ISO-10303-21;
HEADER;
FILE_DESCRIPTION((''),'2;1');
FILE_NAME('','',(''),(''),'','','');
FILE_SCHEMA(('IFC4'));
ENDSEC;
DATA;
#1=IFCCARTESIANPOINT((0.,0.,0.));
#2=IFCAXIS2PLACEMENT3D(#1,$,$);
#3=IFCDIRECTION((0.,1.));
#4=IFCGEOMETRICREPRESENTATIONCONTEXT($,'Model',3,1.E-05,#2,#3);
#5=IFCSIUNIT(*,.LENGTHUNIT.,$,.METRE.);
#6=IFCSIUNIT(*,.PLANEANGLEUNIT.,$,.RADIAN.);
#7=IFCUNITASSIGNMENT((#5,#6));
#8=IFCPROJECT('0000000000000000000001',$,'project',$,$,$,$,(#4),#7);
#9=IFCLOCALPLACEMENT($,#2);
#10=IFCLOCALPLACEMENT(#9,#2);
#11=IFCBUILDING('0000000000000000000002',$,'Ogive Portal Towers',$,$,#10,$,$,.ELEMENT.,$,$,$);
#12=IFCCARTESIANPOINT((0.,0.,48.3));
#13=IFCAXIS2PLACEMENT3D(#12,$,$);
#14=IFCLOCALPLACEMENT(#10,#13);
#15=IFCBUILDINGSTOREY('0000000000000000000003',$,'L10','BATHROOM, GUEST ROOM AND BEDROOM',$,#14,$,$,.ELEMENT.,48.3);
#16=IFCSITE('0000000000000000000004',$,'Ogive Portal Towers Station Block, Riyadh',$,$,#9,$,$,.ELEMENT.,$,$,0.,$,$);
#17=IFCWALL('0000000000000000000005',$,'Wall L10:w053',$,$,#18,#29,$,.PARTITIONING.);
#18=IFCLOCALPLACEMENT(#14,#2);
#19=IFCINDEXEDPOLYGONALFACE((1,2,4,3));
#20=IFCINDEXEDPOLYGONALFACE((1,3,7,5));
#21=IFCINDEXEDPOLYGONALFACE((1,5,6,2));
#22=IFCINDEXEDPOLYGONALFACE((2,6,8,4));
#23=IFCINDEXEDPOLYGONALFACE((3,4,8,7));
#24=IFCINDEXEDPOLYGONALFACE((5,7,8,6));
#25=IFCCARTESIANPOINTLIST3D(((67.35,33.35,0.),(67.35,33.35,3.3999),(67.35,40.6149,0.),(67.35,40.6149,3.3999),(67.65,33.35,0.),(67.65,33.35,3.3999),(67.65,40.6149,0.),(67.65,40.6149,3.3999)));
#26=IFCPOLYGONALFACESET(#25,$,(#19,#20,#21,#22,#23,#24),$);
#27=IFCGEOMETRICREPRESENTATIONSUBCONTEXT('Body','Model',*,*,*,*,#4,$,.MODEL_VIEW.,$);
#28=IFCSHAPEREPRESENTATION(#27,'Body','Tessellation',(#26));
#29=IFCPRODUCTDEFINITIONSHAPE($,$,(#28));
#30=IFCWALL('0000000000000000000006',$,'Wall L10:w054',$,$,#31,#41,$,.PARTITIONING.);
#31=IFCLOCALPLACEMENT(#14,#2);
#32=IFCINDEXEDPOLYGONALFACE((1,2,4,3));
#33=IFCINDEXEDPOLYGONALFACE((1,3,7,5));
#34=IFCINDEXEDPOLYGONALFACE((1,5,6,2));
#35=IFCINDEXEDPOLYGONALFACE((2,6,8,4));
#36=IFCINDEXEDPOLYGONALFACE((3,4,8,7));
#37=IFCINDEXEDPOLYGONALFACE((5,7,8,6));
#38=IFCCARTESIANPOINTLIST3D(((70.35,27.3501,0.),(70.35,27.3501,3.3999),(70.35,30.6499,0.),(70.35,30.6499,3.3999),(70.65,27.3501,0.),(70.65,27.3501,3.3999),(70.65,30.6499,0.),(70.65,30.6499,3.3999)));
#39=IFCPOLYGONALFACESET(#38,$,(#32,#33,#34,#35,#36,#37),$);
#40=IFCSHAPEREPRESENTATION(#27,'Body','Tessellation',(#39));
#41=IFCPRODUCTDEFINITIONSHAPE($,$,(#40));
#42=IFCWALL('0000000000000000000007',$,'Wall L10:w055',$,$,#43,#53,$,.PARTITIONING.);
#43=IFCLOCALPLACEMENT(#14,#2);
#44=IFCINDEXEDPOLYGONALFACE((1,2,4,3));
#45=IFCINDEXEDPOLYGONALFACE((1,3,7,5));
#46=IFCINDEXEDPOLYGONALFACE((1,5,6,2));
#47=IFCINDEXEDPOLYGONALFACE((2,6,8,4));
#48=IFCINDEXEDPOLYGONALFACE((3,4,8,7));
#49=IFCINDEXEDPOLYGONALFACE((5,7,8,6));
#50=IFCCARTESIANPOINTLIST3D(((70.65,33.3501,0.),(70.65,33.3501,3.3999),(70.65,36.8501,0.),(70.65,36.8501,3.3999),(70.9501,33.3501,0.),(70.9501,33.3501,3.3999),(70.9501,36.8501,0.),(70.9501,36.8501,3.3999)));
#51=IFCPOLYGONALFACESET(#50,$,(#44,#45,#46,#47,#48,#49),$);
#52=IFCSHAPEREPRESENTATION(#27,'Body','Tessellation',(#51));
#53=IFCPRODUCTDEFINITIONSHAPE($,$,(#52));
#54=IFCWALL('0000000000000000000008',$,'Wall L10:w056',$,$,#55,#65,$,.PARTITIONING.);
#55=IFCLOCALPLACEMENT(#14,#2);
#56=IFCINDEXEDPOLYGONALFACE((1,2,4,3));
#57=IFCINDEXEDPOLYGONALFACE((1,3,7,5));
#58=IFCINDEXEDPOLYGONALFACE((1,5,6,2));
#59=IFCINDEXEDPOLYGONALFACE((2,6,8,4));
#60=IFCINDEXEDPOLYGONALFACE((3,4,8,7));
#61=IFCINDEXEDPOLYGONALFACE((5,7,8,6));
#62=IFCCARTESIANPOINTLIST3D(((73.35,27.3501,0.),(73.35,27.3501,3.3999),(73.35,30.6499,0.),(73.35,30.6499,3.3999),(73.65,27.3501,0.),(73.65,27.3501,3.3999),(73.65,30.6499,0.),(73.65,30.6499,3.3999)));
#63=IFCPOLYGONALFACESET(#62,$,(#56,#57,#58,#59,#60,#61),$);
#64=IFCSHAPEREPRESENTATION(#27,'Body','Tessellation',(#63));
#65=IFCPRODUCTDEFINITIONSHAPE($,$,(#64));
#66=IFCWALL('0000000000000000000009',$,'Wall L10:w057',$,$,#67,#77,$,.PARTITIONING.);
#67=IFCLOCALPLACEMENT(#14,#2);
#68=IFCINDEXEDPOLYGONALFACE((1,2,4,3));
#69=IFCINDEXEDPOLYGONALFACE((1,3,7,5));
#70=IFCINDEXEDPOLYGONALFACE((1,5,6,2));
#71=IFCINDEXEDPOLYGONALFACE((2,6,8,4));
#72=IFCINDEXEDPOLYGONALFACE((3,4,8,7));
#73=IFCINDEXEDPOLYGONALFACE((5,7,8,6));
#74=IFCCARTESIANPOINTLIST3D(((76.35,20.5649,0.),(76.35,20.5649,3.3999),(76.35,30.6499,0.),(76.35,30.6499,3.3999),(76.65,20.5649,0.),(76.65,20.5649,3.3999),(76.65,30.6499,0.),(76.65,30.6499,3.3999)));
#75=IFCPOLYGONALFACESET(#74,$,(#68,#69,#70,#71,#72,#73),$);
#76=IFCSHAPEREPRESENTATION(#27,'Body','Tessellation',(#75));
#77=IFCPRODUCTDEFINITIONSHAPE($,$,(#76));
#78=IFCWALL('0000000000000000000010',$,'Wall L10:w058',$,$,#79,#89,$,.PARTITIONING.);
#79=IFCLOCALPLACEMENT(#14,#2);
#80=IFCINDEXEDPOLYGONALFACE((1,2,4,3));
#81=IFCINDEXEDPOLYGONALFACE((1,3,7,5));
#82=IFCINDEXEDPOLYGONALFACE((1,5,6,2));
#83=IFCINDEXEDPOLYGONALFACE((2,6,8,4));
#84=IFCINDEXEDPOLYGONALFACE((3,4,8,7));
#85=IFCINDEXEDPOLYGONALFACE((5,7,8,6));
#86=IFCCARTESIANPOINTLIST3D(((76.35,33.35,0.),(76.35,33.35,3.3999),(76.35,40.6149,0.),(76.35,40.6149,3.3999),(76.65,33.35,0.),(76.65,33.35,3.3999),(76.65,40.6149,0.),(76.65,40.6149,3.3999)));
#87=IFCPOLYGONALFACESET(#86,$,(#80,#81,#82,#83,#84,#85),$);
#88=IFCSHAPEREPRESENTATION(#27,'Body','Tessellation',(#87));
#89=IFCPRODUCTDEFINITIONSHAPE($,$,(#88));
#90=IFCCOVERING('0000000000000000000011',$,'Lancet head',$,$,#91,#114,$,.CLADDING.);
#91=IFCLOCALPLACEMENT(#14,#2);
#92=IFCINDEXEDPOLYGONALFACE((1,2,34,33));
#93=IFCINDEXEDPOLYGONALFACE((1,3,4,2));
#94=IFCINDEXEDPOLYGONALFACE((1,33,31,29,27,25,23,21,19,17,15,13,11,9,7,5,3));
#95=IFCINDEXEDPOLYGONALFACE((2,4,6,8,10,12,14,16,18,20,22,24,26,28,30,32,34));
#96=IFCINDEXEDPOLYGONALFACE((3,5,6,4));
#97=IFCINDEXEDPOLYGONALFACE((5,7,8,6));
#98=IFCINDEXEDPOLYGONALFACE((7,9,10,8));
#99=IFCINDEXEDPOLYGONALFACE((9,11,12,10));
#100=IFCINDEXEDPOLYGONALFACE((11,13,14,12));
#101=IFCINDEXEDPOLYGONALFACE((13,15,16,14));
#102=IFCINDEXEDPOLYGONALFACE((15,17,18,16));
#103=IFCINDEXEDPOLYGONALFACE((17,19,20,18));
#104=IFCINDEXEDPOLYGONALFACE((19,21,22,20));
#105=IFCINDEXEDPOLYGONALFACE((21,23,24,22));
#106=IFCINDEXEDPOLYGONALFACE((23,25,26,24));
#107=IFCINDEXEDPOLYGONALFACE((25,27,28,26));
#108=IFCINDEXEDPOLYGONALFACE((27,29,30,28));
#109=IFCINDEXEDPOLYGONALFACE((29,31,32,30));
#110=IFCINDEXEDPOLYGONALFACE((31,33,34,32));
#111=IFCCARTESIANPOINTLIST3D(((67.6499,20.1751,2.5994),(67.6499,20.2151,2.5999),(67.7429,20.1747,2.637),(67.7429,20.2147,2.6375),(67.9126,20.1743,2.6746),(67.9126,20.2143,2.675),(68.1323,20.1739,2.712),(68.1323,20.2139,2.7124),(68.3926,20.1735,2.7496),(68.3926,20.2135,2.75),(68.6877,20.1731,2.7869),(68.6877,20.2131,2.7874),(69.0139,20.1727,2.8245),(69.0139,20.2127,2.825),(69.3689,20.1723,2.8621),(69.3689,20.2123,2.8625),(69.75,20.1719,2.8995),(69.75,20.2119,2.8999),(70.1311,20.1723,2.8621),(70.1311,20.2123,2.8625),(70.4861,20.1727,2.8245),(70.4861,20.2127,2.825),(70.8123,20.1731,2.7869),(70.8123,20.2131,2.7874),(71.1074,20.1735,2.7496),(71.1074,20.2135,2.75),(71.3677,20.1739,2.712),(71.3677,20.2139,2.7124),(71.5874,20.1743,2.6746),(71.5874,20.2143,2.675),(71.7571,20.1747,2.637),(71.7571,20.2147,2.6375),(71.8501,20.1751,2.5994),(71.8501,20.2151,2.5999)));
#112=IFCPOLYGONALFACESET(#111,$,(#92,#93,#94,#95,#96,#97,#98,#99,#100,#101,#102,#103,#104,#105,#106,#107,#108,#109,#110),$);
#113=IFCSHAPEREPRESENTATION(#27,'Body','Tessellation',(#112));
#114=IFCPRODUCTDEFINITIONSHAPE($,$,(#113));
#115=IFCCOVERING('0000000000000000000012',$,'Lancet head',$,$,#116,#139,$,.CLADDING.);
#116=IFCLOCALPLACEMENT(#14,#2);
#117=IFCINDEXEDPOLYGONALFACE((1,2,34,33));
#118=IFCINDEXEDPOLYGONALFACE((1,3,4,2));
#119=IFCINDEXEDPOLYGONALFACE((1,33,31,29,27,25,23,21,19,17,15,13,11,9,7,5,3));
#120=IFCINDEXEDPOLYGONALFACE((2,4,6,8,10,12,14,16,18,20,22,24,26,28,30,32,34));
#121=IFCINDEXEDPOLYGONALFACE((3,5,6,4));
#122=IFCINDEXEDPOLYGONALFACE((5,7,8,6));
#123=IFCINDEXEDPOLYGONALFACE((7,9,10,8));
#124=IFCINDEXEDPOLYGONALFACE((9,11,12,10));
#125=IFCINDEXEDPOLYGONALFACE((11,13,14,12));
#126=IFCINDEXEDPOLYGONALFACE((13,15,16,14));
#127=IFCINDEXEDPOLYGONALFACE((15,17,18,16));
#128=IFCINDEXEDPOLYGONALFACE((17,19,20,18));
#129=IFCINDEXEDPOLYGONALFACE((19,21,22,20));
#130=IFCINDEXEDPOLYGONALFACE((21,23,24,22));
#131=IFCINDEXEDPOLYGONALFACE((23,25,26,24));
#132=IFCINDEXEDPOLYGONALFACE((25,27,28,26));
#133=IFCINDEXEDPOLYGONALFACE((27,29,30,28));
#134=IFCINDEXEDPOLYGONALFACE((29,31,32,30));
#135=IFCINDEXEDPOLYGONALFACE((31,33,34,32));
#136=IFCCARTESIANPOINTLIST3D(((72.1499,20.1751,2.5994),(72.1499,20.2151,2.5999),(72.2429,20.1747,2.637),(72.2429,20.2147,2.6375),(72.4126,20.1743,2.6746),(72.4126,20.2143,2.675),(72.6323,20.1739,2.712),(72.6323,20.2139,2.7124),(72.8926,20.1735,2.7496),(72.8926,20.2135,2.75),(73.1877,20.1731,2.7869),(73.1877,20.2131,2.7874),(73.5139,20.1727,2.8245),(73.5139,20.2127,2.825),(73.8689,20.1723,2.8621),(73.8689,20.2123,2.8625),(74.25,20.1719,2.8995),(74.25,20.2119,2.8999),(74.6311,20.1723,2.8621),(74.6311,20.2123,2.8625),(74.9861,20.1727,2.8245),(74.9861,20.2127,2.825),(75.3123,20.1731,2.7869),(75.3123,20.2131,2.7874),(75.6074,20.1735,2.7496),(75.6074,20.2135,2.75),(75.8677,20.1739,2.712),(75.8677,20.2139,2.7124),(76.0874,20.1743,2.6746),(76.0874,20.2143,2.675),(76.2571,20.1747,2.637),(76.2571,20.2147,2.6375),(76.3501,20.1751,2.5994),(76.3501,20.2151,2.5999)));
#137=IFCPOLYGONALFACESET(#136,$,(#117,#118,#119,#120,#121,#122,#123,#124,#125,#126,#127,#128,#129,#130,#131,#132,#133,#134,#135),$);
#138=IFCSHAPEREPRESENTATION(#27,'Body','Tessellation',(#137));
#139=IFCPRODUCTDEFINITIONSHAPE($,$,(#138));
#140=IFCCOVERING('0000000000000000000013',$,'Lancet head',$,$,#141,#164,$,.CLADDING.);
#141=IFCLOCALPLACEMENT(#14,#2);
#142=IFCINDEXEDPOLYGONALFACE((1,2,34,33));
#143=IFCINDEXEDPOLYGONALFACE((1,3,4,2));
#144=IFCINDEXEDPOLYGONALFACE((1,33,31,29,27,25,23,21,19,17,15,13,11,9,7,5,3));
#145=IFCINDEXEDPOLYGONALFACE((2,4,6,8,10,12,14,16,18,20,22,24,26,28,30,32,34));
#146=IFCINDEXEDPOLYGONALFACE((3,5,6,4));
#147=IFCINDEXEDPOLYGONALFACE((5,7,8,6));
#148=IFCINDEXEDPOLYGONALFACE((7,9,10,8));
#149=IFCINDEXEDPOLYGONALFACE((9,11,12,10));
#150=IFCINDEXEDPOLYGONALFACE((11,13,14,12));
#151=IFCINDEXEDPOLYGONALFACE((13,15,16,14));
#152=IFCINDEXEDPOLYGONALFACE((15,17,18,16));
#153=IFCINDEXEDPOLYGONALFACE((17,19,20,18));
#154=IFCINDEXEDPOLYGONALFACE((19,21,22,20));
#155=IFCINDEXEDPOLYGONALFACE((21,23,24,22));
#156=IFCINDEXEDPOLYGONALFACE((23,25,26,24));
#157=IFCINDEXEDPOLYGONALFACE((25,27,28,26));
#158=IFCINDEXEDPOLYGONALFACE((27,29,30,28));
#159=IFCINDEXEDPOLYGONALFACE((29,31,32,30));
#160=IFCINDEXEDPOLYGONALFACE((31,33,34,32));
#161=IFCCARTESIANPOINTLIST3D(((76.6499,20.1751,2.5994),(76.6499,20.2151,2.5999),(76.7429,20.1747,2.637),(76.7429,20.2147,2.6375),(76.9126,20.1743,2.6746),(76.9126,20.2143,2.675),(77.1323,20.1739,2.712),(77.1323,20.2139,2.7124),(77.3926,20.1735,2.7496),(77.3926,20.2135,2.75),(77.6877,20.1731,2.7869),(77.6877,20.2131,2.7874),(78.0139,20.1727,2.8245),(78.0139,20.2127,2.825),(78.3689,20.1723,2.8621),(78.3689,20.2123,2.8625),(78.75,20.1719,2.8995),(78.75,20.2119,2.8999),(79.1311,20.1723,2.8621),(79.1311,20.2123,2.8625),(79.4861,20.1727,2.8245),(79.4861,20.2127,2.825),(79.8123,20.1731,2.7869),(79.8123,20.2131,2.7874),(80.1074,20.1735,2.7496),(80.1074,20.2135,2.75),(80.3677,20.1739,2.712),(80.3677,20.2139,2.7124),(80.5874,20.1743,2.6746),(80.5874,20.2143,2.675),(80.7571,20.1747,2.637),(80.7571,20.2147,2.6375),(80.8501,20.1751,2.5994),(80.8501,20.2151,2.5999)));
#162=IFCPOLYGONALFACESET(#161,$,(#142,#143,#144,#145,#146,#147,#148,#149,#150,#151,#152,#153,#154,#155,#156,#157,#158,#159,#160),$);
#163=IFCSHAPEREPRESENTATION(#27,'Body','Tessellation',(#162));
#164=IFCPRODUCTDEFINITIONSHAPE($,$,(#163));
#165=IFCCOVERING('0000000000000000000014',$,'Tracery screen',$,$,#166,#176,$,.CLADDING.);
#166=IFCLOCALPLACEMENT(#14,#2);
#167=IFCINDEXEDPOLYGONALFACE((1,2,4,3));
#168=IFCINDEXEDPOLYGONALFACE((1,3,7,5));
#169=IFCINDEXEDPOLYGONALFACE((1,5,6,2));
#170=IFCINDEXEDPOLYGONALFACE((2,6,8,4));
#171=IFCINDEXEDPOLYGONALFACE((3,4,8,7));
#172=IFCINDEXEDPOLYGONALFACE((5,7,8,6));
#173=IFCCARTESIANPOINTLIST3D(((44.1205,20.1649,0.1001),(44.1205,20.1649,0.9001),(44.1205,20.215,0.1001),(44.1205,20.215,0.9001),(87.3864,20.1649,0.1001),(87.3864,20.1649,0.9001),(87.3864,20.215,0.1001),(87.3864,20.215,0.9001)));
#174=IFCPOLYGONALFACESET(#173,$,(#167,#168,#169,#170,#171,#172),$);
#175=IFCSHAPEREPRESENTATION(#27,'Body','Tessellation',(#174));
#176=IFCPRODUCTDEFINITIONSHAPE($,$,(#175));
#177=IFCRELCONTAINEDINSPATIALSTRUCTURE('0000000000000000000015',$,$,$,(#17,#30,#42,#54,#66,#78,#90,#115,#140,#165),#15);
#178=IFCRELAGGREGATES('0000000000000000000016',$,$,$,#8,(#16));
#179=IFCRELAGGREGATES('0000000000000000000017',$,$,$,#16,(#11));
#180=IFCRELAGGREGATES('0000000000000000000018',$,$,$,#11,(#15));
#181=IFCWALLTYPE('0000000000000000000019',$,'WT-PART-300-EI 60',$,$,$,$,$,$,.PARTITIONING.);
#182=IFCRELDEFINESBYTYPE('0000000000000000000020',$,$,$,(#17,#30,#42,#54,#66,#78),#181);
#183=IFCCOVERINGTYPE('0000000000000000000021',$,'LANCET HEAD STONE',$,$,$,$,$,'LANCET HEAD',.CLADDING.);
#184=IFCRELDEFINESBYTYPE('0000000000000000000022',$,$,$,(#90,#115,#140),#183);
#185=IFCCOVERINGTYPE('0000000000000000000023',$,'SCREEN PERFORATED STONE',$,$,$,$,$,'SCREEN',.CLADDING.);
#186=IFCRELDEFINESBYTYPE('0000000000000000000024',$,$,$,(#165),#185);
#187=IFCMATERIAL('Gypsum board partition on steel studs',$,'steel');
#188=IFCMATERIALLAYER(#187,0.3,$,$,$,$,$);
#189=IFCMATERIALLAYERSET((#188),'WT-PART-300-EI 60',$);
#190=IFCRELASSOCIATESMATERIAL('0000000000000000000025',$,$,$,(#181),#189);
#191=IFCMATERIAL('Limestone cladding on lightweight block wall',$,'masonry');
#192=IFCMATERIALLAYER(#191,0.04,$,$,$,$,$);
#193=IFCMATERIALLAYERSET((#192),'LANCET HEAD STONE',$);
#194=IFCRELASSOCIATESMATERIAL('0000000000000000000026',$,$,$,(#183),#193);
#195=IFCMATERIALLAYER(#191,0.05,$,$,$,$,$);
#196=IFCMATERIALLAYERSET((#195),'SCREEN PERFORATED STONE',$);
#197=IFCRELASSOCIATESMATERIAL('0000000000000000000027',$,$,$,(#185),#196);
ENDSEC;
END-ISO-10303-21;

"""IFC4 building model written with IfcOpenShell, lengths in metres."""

from ifc_helpers import new_model, si_unit, direction, frame, frame_2d, origin, origin_2d, place, context, subcontext, project, spatial, polyline, rectangle, outline, extrude, material, layer, layer_set, type_object, element, save


model = new_model("IFC4")

# Units and contexts
model_context = context("Model", 3, precision=1e-05, world=origin(), true_north=direction((0.0, 1.0)))
body_context = subcontext(model_context, "Body", "Model", "MODEL_VIEW")
ifc_project = project(units=[si_unit("LENGTHUNIT", "METRE"), si_unit("PLANEANGLEUNIT", "RADIAN")], contexts=[model_context])

# Site, building, storey
site_placement = place(None, origin())
site = spatial("IfcSite", under=ifc_project, at=site_placement, Name="Ogive Portal Towers Station Block, Riyadh", CompositionType="ELEMENT", RefElevation=0.0)
building_placement = place(site_placement, origin())
building = spatial("IfcBuilding", under=site, at=building_placement, Name="Ogive Portal Towers", CompositionType="ELEMENT")
storey_placement = place(building_placement, frame((0.0, 0.0, 48.3)))
storey = spatial("IfcBuildingStorey", under=building, at=storey_placement, Name="L10", Description="BATHROOM, GUEST ROOM AND BEDROOM", CompositionType="ELEMENT", Elevation=48.3)

# Shared definitions
ifc_material_1 = material(Name="Gypsum board partition on steel studs", Category="steel")
ifc_layer_1 = layer(ifc_material_1, 0.3)
ifc_layer_set_1 = layer_set([ifc_layer_1], Name="WT-PART-300-EI 60")
wall_type = type_object("IfcWallType", Name="WT-PART-300-EI 60", PredefinedType="PARTITIONING", material=ifc_layer_set_1)

# Walls
wall_1_placement = place(storey_placement, frame((67.5, 33.3501, 0.0), z_axis=(0.0, 0.0, 1.0), x_axis=(0.0, 1.0, 0.0)))
element("IfcWall", 1, at=wall_1_placement, inside=storey, type_object=wall_type, Name="Wall L10:w053", PredefinedType="PARTITIONING", context=body_context, shape_type="SweptSolid", body=[
    extrude(rectangle(XDim=7.2649, YDim=0.3, at=frame_2d((3.6323, 0.0))), origin(), (0.0, 0.0, 1.0), 3.3999),
])
wall_2_placement = place(storey_placement, frame((70.5, 27.3501, 0.0), z_axis=(0.0, 0.0, 1.0), x_axis=(0.0, 1.0, 0.0)))
element("IfcWall", 2, at=wall_2_placement, inside=storey, type_object=wall_type, Name="Wall L10:w054", PredefinedType="PARTITIONING", context=body_context, shape_type="SweptSolid", body=[
    extrude(rectangle(XDim=3.2998, YDim=0.3, at=frame_2d((1.6499, 0.0))), origin(), (0.0, 0.0, 1.0), 3.3999),
])
wall_3_placement = place(storey_placement, frame((70.8, 33.3501, 0.0), z_axis=(0.0, 0.0, 1.0), x_axis=(0.0, 1.0, 0.0)))
element("IfcWall", 3, at=wall_3_placement, inside=storey, type_object=wall_type, Name="Wall L10:w055", PredefinedType="PARTITIONING", context=body_context, shape_type="SweptSolid", body=[
    extrude(rectangle(XDim=3.5, YDim=0.3, at=frame_2d((1.75, 0.0))), origin(), (0.0, 0.0, 1.0), 3.3999),
])
wall_4_placement = place(storey_placement, frame((73.5, 27.3501, 0.0), z_axis=(0.0, 0.0, 1.0), x_axis=(0.0, 1.0, 0.0)))
element("IfcWall", 4, at=wall_4_placement, inside=storey, type_object=wall_type, Name="Wall L10:w056", PredefinedType="PARTITIONING", context=body_context, shape_type="SweptSolid", body=[
    extrude(rectangle(XDim=3.2998, YDim=0.3, at=frame_2d((1.6499, 0.0))), origin(), (0.0, 0.0, 1.0), 3.3999),
])
wall_5_placement = place(storey_placement, frame((76.5, 20.5649, 0.0), z_axis=(0.0, 0.0, 1.0), x_axis=(0.0, 1.0, 0.0)))
element("IfcWall", 5, at=wall_5_placement, inside=storey, type_object=wall_type, Name="Wall L10:w057", PredefinedType="PARTITIONING", context=body_context, shape_type="SweptSolid", body=[
    extrude(rectangle(XDim=10.085, YDim=0.3, at=frame_2d((5.0425, 0.0))), origin(), (0.0, 0.0, 1.0), 3.3999),
])
wall_6_placement = place(storey_placement, frame((76.5, 33.3501, 0.0), z_axis=(0.0, 0.0, 1.0), x_axis=(0.0, 1.0, 0.0)))
element("IfcWall", 6, at=wall_6_placement, inside=storey, type_object=wall_type, Name="Wall L10:w058", PredefinedType="PARTITIONING", context=body_context, shape_type="SweptSolid", body=[
    extrude(rectangle(XDim=7.2649, YDim=0.3, at=frame_2d((3.6323, 0.0))), origin(), (0.0, 0.0, 1.0), 3.3999),
])

# Coverings
ifc_material_2 = material(Name="Limestone cladding on lightweight block wall", Category="masonry")
ifc_layer_2 = layer(ifc_material_2, 0.04)
ifc_layer_set_2 = layer_set([ifc_layer_2], Name="LANCET HEAD STONE")
covering_type_1 = type_object("IfcCoveringType", Name="LANCET HEAD STONE", ElementType="LANCET HEAD", PredefinedType="CLADDING", material=ifc_layer_set_2)
for number, where, z_axis, x_axis, name in (
    (7, (67.6499, 20.2151, 2.5999), (0.0, 0.999944, 0.010623), (1.0, 0.0, 0.0), "Lancet head"),
    (8, (72.1499, 20.2151, 2.5999), (0.0, 0.999944, 0.010623), (1.0, 0.0, 0.0), "Lancet head"),
    (9, (76.6499, 20.2151, 2.5999), (0.0, 0.999944, 0.010623), (1.0, 0.0, 0.0), "Lancet head"),
):
    element("IfcCovering", number, at=place(storey_placement, frame(where, z_axis=z_axis, x_axis=x_axis)), inside=storey, type_object=covering_type_1, Name=name, PredefinedType="CLADDING", context=body_context, shape_type="SweptSolid", body=[
        extrude(outline(polyline([(0.0, 0.0), (4.2002, 0.0), (4.1072, -0.0376), (3.9375, -0.0752), (3.7178, -0.1126), (3.4575, -0.1502), (3.1624, -0.1875), (2.8362, -0.2251), (2.4812, -0.2627), (2.1001, -0.3001), (1.719, -0.2627), (1.364, -0.2251), (1.0378, -0.1875), (0.7427, -0.1502), (0.4824, -0.1126), (0.2627, -0.0752), (0.093, -0.0376), (0.0, 0.0)])), origin(), (0.0, 0.0, -1.0), 0.04),
    ])
ifc_layer_3 = layer(ifc_material_2, 0.05)
ifc_layer_set_3 = layer_set([ifc_layer_3], Name="SCREEN PERFORATED STONE")
covering_type_2 = type_object("IfcCoveringType", Name="SCREEN PERFORATED STONE", ElementType="SCREEN", PredefinedType="CLADDING", material=ifc_layer_set_3)
covering_placement = place(storey_placement, frame((65.7534, 20.1899, 0.1001), z_axis=(0.0, 0.0, 1.0), x_axis=(1.0, 0.0, 0.0)))
element("IfcCovering", 10, at=covering_placement, inside=storey, type_object=covering_type_2, Name="Tracery screen", PredefinedType="CLADDING", context=body_context, shape_type="SweptSolid", body=[
    extrude(rectangle(XDim=43.2659, YDim=0.05, at=origin_2d()), origin(), (0.0, 0.0, 1.0), 0.8),
])

save(model, "model.ifc")
